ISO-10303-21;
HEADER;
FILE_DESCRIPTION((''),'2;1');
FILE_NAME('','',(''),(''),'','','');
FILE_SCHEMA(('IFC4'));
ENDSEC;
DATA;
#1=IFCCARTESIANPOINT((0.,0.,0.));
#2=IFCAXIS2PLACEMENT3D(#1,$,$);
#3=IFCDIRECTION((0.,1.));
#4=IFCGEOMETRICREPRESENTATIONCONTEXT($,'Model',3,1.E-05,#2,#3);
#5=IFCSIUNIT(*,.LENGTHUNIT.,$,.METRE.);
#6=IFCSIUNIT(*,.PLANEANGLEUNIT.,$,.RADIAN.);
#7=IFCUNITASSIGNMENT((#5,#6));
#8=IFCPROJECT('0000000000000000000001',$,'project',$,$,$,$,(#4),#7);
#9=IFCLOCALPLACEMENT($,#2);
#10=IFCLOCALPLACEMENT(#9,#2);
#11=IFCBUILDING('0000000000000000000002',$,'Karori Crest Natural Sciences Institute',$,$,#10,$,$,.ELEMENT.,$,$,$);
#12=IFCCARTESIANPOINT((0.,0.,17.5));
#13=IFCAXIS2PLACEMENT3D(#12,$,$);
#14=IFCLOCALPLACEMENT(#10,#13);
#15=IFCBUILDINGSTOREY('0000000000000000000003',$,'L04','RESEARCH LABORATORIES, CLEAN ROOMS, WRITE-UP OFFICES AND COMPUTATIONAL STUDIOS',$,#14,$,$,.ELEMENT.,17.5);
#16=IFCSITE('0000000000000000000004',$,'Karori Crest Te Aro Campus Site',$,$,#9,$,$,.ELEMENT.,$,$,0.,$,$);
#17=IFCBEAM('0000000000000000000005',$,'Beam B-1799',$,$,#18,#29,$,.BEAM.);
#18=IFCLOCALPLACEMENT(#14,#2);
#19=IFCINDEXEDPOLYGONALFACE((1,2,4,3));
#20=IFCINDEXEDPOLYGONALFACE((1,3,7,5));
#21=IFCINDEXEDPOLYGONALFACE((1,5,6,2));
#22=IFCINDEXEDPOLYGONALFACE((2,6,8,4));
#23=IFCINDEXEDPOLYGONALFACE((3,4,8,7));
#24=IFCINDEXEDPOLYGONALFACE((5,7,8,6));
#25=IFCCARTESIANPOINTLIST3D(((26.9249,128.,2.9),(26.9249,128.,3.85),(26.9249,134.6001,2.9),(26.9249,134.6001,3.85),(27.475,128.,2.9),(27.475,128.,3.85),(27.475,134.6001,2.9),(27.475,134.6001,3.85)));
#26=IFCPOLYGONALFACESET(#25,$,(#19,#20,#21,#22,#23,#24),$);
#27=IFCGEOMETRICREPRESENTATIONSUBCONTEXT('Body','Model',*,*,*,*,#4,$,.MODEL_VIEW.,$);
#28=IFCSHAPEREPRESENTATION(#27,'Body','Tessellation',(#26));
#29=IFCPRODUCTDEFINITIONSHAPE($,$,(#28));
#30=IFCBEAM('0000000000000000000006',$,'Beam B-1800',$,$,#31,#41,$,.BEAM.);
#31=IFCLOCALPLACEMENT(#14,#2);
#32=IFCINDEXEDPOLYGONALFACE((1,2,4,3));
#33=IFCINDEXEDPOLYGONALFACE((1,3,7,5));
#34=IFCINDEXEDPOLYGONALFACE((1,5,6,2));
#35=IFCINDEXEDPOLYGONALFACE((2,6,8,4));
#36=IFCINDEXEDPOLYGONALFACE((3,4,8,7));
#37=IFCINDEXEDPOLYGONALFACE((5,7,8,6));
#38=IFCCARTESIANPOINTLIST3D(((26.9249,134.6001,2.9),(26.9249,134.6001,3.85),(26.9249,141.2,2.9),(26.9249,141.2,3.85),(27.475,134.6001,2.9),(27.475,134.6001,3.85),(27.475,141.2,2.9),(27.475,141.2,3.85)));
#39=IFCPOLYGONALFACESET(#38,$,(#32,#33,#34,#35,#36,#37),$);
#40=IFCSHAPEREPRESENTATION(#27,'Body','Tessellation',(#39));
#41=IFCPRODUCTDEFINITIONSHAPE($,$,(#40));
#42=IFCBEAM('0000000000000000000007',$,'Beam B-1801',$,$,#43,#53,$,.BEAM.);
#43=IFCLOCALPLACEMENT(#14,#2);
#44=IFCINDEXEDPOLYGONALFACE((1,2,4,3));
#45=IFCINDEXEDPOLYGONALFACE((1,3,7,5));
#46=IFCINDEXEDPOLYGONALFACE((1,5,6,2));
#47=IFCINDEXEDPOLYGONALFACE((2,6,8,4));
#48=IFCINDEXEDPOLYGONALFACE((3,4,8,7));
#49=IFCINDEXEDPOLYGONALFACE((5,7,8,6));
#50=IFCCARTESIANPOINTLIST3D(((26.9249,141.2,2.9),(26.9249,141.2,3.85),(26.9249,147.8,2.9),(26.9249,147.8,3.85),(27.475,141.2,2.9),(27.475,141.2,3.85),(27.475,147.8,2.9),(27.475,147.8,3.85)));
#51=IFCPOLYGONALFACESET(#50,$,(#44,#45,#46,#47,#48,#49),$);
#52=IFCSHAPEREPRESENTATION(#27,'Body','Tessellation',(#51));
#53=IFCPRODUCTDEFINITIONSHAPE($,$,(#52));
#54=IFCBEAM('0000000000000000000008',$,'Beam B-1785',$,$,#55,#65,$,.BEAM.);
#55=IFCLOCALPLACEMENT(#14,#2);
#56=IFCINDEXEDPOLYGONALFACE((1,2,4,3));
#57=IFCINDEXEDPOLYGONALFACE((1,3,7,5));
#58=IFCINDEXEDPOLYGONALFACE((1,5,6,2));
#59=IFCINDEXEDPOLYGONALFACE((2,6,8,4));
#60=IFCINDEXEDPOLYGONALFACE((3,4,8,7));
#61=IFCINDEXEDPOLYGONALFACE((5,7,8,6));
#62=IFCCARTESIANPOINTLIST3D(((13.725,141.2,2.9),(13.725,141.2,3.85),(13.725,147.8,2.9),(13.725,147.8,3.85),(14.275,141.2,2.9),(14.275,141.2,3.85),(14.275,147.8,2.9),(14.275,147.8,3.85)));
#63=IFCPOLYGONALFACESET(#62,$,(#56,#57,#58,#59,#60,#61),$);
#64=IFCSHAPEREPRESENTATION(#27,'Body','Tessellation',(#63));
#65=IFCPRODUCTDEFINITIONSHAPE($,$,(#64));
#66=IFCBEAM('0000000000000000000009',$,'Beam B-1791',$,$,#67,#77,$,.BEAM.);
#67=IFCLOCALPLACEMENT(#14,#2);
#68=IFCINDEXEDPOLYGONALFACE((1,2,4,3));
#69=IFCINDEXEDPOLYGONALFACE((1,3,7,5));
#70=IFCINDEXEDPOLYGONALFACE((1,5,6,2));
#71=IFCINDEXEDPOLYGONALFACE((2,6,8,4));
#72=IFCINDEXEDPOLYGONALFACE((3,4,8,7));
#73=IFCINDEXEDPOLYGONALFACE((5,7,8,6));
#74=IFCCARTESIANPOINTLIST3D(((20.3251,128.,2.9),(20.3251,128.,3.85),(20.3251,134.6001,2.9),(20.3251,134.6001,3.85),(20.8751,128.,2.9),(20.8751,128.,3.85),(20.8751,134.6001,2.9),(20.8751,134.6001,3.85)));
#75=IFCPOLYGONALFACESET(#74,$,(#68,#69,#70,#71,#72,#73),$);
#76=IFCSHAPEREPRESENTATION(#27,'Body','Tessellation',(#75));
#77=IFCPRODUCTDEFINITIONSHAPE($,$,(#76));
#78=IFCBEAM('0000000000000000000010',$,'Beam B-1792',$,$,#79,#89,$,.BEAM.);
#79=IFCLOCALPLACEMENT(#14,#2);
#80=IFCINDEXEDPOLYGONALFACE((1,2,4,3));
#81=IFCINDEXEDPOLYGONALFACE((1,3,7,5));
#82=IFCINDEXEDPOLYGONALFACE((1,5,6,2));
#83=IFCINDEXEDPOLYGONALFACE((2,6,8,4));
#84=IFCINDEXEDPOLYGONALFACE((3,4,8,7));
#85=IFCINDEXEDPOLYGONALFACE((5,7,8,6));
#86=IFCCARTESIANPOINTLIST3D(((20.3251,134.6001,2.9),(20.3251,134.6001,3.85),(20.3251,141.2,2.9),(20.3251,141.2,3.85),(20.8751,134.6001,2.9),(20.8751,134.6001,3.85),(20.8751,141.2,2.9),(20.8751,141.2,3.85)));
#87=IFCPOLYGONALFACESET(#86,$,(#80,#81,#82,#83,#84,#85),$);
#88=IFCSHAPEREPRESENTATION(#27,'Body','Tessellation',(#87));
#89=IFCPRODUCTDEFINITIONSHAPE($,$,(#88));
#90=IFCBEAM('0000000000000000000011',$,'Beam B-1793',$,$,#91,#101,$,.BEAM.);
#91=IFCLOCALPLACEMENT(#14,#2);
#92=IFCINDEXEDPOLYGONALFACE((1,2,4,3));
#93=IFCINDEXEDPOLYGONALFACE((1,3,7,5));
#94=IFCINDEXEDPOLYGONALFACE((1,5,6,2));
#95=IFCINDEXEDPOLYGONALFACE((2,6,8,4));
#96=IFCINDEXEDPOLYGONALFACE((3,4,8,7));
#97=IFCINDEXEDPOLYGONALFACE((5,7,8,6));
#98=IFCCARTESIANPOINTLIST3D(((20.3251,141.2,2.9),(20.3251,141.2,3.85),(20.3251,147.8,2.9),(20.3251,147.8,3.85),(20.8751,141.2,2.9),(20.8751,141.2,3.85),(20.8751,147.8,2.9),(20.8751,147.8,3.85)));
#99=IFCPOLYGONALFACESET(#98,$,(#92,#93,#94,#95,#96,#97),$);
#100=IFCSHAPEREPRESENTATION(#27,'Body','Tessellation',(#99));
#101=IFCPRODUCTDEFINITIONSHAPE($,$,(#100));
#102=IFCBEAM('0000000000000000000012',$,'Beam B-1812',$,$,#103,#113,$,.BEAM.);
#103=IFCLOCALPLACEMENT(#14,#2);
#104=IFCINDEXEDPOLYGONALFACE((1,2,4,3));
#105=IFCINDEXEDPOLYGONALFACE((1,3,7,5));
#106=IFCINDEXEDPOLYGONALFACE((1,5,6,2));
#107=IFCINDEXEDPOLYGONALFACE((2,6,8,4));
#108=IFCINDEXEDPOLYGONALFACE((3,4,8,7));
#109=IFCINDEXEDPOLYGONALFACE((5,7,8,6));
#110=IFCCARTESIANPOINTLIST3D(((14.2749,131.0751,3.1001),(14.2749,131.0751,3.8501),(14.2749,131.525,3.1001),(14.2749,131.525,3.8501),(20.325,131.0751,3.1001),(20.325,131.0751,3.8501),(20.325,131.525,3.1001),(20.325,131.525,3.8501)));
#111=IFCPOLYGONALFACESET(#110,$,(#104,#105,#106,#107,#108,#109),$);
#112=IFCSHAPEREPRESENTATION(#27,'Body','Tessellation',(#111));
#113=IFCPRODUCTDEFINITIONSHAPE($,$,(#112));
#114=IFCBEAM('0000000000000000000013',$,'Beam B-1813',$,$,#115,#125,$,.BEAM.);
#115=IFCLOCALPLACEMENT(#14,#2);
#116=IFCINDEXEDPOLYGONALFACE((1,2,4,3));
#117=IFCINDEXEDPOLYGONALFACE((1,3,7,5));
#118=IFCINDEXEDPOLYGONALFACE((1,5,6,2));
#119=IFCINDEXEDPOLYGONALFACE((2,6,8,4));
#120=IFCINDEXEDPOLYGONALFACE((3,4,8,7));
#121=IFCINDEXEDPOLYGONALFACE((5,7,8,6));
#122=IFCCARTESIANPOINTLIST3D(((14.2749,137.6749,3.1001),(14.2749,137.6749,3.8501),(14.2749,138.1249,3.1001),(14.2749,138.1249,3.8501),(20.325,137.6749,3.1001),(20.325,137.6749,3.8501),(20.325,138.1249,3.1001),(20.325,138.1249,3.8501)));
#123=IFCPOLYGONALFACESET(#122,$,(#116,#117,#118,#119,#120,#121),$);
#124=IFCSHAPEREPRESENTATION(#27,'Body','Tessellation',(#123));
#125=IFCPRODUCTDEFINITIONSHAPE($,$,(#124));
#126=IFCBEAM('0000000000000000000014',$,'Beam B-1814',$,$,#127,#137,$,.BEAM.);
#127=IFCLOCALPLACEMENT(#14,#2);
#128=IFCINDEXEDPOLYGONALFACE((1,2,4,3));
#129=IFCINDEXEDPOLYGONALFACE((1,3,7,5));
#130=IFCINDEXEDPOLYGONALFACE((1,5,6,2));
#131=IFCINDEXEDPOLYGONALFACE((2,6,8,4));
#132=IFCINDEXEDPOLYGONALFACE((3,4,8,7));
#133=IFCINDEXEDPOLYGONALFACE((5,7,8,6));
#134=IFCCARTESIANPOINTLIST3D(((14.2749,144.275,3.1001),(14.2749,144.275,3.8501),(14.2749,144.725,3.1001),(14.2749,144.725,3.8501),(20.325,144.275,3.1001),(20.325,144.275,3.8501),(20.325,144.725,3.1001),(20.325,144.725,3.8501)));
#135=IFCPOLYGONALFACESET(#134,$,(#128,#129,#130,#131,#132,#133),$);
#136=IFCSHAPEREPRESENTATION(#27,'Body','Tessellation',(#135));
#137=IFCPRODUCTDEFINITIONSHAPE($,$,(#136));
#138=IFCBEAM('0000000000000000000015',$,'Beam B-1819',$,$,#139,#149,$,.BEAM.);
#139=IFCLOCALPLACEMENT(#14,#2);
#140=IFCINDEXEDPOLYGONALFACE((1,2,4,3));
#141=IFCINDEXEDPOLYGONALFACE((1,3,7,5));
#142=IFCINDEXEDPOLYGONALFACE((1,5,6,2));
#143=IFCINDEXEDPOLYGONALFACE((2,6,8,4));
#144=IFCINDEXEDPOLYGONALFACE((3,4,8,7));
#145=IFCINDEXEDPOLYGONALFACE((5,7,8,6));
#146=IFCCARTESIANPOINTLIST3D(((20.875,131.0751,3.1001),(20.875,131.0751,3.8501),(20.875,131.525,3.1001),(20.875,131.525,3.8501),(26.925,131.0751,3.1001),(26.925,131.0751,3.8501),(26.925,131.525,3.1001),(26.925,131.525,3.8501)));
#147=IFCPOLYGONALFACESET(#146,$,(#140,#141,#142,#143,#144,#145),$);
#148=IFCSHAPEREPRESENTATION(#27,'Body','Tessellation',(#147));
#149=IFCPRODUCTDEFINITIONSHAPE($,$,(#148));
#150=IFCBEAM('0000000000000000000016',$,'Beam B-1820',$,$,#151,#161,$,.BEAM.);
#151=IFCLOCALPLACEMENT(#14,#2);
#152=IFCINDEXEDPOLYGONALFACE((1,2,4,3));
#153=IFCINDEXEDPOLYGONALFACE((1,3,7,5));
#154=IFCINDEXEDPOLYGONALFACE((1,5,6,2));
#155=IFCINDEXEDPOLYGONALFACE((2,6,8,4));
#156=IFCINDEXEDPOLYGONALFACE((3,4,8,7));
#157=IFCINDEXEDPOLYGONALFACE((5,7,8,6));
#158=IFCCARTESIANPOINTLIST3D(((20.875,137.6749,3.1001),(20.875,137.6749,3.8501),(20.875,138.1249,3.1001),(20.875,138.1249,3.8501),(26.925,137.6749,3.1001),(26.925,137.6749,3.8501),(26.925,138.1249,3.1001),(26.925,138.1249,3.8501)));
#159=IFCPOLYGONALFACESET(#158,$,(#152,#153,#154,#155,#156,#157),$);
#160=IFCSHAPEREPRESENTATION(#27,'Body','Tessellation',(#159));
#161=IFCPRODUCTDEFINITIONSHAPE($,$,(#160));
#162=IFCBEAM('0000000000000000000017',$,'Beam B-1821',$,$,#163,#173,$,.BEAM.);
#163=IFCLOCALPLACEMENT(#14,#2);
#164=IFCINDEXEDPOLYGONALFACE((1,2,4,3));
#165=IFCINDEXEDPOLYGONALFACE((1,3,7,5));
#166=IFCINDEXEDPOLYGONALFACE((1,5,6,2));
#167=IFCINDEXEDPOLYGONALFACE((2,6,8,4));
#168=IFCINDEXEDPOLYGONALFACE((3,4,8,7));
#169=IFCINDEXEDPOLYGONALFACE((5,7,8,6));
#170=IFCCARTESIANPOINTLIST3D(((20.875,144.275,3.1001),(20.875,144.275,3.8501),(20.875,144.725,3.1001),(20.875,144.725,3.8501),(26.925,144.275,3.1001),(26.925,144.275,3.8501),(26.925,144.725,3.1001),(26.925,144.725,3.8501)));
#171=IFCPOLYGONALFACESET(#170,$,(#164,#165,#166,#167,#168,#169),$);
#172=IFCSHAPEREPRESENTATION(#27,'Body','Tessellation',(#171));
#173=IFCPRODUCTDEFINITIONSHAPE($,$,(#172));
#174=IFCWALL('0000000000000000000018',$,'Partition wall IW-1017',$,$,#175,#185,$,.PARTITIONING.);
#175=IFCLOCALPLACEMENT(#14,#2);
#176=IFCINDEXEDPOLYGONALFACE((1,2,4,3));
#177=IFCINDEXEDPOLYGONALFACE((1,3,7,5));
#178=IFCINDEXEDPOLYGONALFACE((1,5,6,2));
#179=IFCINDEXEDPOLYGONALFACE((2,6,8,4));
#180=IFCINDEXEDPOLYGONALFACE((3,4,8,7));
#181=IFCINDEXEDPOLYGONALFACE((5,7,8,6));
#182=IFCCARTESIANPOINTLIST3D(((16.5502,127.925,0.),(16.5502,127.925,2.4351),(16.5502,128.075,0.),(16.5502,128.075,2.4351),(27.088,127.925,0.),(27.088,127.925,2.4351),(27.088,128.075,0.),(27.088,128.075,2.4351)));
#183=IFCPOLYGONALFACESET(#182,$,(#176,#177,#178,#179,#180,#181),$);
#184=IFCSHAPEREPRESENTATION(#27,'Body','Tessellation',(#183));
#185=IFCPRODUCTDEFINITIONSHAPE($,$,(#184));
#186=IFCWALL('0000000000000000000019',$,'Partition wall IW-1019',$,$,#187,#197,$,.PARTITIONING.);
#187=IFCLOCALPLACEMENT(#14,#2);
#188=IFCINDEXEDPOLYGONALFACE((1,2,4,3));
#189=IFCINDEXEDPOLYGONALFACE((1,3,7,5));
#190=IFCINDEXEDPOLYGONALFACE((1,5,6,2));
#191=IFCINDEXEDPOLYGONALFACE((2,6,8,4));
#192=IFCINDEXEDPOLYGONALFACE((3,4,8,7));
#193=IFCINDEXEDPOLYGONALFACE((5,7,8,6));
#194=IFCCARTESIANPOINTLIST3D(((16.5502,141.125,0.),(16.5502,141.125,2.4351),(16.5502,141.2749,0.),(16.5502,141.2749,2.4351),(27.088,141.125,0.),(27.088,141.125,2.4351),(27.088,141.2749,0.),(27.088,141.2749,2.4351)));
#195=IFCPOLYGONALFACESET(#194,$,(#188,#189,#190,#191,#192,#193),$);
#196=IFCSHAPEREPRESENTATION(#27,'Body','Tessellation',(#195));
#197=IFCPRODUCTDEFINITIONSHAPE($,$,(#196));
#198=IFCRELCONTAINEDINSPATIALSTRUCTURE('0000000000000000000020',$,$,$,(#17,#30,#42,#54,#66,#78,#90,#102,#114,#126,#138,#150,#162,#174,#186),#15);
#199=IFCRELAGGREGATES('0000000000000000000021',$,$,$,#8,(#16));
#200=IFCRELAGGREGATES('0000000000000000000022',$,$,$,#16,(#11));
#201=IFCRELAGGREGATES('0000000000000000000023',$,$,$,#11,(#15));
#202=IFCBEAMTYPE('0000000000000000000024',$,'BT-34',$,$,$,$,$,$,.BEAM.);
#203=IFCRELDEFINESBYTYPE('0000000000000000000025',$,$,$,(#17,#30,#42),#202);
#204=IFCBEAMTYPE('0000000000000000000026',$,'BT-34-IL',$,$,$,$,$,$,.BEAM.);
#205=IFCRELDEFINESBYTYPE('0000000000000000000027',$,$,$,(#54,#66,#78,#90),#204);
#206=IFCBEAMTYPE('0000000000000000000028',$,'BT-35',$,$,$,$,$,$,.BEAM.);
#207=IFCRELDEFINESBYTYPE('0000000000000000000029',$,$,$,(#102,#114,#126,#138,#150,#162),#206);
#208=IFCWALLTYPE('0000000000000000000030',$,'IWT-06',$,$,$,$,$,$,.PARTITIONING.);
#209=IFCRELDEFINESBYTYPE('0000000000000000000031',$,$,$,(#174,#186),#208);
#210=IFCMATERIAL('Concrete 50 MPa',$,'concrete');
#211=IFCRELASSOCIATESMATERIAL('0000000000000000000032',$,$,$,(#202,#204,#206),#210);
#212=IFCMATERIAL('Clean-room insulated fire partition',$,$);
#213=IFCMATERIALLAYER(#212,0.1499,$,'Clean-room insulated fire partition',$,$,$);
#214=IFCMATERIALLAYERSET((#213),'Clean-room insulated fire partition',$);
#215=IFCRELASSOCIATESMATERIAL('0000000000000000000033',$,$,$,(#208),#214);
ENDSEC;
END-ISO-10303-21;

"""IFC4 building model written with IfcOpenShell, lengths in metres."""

from ifc_helpers import new_model, si_unit, direction, frame, frame_2d, origin, origin_2d, place, context, subcontext, project, spatial, rectangle, extrude, material, layer, layer_set, material_profile, profile_set, type_object, element, save


model = new_model("IFC4")

# Units and contexts
model_context = context("Model", 3, precision=1e-05, world=origin(), true_north=direction((0.0, 1.0)))
body_context = subcontext(model_context, "Body", "Model", "MODEL_VIEW")
ifc_project = project(units=[si_unit("LENGTHUNIT", "METRE"), si_unit("PLANEANGLEUNIT", "RADIAN")], contexts=[model_context])

# Site, building, storey
site_placement = place(None, origin())
site = spatial("IfcSite", under=ifc_project, at=site_placement, Name="Karori Crest Te Aro Campus Site", CompositionType="ELEMENT", RefElevation=0.0)
building_placement = place(site_placement, origin())
building = spatial("IfcBuilding", under=site, at=building_placement, Name="Karori Crest Natural Sciences Institute", CompositionType="ELEMENT")
storey_placement = place(building_placement, frame((0.0, 0.0, 17.5)))
storey = spatial("IfcBuildingStorey", under=building, at=storey_placement, Name="L04", Description="RESEARCH LABORATORIES, CLEAN ROOMS, WRITE-UP OFFICES AND COMPUTATIONAL STUDIOS", CompositionType="ELEMENT", Elevation=17.5)

# Shared definitions
ifc_material_1 = material(Name="Concrete 50 MPa", Category="concrete")

# Beams
ifc_material_profile_1 = material_profile(ifc_material_1, rectangle(XDim=0.55, YDim=0.95, at=origin_2d()), Name="RCB550x950")
ifc_profile_set_1 = profile_set([ifc_material_profile_1], Name="Concrete 50 MPa")
beam_type_1 = type_object("IfcBeamType", Name="BT-34", PredefinedType="BEAM", material=ifc_profile_set_1)
beam_1_placement = place(storey_placement, frame((27.2, 128.0, 3.375), z_axis=(0.0, 1.0, 0.0), x_axis=(-1.0, 0.0, 0.0)))
element("IfcBeam", 1, at=beam_1_placement, inside=storey, type_object=beam_type_1, Name="Beam B-1799", PredefinedType="BEAM", context=body_context, shape_type="SweptSolid", body=[
    extrude(rectangle(XDim=0.55, YDim=0.95, at=origin_2d()), origin(), (0.0, 0.0, 1.0), 6.6001),
])
beam_2_placement = place(storey_placement, frame((27.2, 134.6001, 3.375), z_axis=(0.0, 1.0, 0.0), x_axis=(-1.0, 0.0, 0.0)))
element("IfcBeam", 2, at=beam_2_placement, inside=storey, type_object=beam_type_1, Name="Beam B-1800", PredefinedType="BEAM", context=body_context, shape_type="SweptSolid", body=[
    extrude(rectangle(XDim=0.55, YDim=0.95, at=origin_2d()), origin(), (0.0, 0.0, 1.0), 6.5999),
])
beam_3_placement = place(storey_placement, frame((27.2, 141.2, 3.375), z_axis=(0.0, 1.0, 0.0), x_axis=(-1.0, 0.0, 0.0)))
element("IfcBeam", 3, at=beam_3_placement, inside=storey, type_object=beam_type_1, Name="Beam B-1801", PredefinedType="BEAM", context=body_context, shape_type="SweptSolid", body=[
    extrude(rectangle(XDim=0.55, YDim=0.95, at=origin_2d()), origin(), (0.0, 0.0, 1.0), 6.6001),
])
ifc_material_profile_2 = material_profile(ifc_material_1, rectangle(XDim=0.55, YDim=0.95, at=origin_2d()), Name="RCB550x950")
ifc_profile_set_2 = profile_set([ifc_material_profile_2], Name="Concrete 50 MPa")
beam_type_2 = type_object("IfcBeamType", Name="BT-34-IL", PredefinedType="BEAM", material=ifc_profile_set_2)
for number, where, z_axis, x_axis, name in (
    (4, (14.0, 141.2, 3.375), (0.0, 1.0, 0.0), (-1.0, 0.0, 0.0), "Beam B-1785"),
    (5, (20.6001, 128.0, 3.375), (0.0, 1.0, 0.0), (-1.0, 0.0, 0.0), "Beam B-1791"),
):
    element("IfcBeam", number, at=place(storey_placement, frame(where, z_axis=z_axis, x_axis=x_axis)), inside=storey, type_object=beam_type_2, Name=name, PredefinedType="BEAM", context=body_context, shape_type="SweptSolid", body=[
        extrude(rectangle(XDim=0.55, YDim=0.95, at=origin_2d()), origin(), (0.0, 0.0, 1.0), 6.6001),
    ])
beam_4_placement = place(storey_placement, frame((20.6001, 134.6001, 3.375), z_axis=(0.0, 1.0, 0.0), x_axis=(-1.0, 0.0, 0.0)))
element("IfcBeam", 6, at=beam_4_placement, inside=storey, type_object=beam_type_2, Name="Beam B-1792", PredefinedType="BEAM", context=body_context, shape_type="SweptSolid", body=[
    extrude(rectangle(XDim=0.55, YDim=0.95, at=origin_2d()), origin(), (0.0, 0.0, 1.0), 6.5999),
])
beam_5_placement = place(storey_placement, frame((20.6001, 141.2, 3.375), z_axis=(0.0, 1.0, 0.0), x_axis=(-1.0, 0.0, 0.0)))
element("IfcBeam", 7, at=beam_5_placement, inside=storey, type_object=beam_type_2, Name="Beam B-1793", PredefinedType="BEAM", context=body_context, shape_type="SweptSolid", body=[
    extrude(rectangle(XDim=0.55, YDim=0.95, at=origin_2d()), origin(), (0.0, 0.0, 1.0), 6.6001),
])
ifc_material_profile_3 = material_profile(ifc_material_1, rectangle(XDim=0.45, YDim=0.75, at=origin_2d()), Name="RCB450x750")
ifc_profile_set_3 = profile_set([ifc_material_profile_3], Name="Concrete 50 MPa")
beam_type_3 = type_object("IfcBeamType", Name="BT-35", PredefinedType="BEAM", material=ifc_profile_set_3)
for number, where, z_axis, x_axis, name in (
    (8, (14.2749, 131.3, 3.4751), (1.0, 0.0, 0.0), (0.0, 1.0, 0.0), "Beam B-1812"),
    (9, (14.2749, 137.8999, 3.4751), (1.0, 0.0, 0.0), (0.0, 1.0, 0.0), "Beam B-1813"),
    (10, (14.2749, 144.5, 3.4751), (1.0, 0.0, 0.0), (0.0, 1.0, 0.0), "Beam B-1814"),
    (11, (20.875, 131.3, 3.4751), (1.0, 0.0, 0.0), (0.0, 1.0, 0.0), "Beam B-1819"),
    (12, (20.875, 137.8999, 3.4751), (1.0, 0.0, 0.0), (0.0, 1.0, 0.0), "Beam B-1820"),
    (13, (20.875, 144.5, 3.4751), (1.0, 0.0, 0.0), (0.0, 1.0, 0.0), "Beam B-1821"),
):
    element("IfcBeam", number, at=place(storey_placement, frame(where, z_axis=z_axis, x_axis=x_axis)), inside=storey, type_object=beam_type_3, Name=name, PredefinedType="BEAM", context=body_context, shape_type="SweptSolid", body=[
        extrude(rectangle(XDim=0.45, YDim=0.75, at=origin_2d()), origin(), (0.0, 0.0, 1.0), 6.05),
    ])

# Walls
ifc_material_2 = material(Name="Clean-room insulated fire partition")
ifc_layer_1 = layer(ifc_material_2, 0.1499, Name="Clean-room insulated fire partition")
ifc_layer_set_1 = layer_set([ifc_layer_1], Name="Clean-room insulated fire partition")
wall_type_1 = type_object("IfcWallType", Name="IWT-06", PredefinedType="PARTITIONING", material=ifc_layer_set_1)
for number, where, z_axis, x_axis, name in (
    (14, (16.55, 128.0, 0.0), (0.0, 0.0, 1.0), (1.0, 0.0, 0.0), "Partition wall IW-1017"),
    (15, (16.55, 141.2, 0.0), (0.0, 0.0, 1.0), (1.0, 0.0, 0.0), "Partition wall IW-1019"),
):
    element("IfcWall", number, at=place(storey_placement, frame(where, z_axis=z_axis, x_axis=x_axis)), inside=storey, type_object=wall_type_1, Name=name, PredefinedType="PARTITIONING", context=body_context, shape_type="SweptSolid", body=[
        extrude(rectangle(XDim=10.5378, YDim=0.1499, at=frame_2d((5.269, 0.0))), origin(), (0.0, 0.0, 1.0), 2.4351),
    ])

save(model, "model.ifc")
